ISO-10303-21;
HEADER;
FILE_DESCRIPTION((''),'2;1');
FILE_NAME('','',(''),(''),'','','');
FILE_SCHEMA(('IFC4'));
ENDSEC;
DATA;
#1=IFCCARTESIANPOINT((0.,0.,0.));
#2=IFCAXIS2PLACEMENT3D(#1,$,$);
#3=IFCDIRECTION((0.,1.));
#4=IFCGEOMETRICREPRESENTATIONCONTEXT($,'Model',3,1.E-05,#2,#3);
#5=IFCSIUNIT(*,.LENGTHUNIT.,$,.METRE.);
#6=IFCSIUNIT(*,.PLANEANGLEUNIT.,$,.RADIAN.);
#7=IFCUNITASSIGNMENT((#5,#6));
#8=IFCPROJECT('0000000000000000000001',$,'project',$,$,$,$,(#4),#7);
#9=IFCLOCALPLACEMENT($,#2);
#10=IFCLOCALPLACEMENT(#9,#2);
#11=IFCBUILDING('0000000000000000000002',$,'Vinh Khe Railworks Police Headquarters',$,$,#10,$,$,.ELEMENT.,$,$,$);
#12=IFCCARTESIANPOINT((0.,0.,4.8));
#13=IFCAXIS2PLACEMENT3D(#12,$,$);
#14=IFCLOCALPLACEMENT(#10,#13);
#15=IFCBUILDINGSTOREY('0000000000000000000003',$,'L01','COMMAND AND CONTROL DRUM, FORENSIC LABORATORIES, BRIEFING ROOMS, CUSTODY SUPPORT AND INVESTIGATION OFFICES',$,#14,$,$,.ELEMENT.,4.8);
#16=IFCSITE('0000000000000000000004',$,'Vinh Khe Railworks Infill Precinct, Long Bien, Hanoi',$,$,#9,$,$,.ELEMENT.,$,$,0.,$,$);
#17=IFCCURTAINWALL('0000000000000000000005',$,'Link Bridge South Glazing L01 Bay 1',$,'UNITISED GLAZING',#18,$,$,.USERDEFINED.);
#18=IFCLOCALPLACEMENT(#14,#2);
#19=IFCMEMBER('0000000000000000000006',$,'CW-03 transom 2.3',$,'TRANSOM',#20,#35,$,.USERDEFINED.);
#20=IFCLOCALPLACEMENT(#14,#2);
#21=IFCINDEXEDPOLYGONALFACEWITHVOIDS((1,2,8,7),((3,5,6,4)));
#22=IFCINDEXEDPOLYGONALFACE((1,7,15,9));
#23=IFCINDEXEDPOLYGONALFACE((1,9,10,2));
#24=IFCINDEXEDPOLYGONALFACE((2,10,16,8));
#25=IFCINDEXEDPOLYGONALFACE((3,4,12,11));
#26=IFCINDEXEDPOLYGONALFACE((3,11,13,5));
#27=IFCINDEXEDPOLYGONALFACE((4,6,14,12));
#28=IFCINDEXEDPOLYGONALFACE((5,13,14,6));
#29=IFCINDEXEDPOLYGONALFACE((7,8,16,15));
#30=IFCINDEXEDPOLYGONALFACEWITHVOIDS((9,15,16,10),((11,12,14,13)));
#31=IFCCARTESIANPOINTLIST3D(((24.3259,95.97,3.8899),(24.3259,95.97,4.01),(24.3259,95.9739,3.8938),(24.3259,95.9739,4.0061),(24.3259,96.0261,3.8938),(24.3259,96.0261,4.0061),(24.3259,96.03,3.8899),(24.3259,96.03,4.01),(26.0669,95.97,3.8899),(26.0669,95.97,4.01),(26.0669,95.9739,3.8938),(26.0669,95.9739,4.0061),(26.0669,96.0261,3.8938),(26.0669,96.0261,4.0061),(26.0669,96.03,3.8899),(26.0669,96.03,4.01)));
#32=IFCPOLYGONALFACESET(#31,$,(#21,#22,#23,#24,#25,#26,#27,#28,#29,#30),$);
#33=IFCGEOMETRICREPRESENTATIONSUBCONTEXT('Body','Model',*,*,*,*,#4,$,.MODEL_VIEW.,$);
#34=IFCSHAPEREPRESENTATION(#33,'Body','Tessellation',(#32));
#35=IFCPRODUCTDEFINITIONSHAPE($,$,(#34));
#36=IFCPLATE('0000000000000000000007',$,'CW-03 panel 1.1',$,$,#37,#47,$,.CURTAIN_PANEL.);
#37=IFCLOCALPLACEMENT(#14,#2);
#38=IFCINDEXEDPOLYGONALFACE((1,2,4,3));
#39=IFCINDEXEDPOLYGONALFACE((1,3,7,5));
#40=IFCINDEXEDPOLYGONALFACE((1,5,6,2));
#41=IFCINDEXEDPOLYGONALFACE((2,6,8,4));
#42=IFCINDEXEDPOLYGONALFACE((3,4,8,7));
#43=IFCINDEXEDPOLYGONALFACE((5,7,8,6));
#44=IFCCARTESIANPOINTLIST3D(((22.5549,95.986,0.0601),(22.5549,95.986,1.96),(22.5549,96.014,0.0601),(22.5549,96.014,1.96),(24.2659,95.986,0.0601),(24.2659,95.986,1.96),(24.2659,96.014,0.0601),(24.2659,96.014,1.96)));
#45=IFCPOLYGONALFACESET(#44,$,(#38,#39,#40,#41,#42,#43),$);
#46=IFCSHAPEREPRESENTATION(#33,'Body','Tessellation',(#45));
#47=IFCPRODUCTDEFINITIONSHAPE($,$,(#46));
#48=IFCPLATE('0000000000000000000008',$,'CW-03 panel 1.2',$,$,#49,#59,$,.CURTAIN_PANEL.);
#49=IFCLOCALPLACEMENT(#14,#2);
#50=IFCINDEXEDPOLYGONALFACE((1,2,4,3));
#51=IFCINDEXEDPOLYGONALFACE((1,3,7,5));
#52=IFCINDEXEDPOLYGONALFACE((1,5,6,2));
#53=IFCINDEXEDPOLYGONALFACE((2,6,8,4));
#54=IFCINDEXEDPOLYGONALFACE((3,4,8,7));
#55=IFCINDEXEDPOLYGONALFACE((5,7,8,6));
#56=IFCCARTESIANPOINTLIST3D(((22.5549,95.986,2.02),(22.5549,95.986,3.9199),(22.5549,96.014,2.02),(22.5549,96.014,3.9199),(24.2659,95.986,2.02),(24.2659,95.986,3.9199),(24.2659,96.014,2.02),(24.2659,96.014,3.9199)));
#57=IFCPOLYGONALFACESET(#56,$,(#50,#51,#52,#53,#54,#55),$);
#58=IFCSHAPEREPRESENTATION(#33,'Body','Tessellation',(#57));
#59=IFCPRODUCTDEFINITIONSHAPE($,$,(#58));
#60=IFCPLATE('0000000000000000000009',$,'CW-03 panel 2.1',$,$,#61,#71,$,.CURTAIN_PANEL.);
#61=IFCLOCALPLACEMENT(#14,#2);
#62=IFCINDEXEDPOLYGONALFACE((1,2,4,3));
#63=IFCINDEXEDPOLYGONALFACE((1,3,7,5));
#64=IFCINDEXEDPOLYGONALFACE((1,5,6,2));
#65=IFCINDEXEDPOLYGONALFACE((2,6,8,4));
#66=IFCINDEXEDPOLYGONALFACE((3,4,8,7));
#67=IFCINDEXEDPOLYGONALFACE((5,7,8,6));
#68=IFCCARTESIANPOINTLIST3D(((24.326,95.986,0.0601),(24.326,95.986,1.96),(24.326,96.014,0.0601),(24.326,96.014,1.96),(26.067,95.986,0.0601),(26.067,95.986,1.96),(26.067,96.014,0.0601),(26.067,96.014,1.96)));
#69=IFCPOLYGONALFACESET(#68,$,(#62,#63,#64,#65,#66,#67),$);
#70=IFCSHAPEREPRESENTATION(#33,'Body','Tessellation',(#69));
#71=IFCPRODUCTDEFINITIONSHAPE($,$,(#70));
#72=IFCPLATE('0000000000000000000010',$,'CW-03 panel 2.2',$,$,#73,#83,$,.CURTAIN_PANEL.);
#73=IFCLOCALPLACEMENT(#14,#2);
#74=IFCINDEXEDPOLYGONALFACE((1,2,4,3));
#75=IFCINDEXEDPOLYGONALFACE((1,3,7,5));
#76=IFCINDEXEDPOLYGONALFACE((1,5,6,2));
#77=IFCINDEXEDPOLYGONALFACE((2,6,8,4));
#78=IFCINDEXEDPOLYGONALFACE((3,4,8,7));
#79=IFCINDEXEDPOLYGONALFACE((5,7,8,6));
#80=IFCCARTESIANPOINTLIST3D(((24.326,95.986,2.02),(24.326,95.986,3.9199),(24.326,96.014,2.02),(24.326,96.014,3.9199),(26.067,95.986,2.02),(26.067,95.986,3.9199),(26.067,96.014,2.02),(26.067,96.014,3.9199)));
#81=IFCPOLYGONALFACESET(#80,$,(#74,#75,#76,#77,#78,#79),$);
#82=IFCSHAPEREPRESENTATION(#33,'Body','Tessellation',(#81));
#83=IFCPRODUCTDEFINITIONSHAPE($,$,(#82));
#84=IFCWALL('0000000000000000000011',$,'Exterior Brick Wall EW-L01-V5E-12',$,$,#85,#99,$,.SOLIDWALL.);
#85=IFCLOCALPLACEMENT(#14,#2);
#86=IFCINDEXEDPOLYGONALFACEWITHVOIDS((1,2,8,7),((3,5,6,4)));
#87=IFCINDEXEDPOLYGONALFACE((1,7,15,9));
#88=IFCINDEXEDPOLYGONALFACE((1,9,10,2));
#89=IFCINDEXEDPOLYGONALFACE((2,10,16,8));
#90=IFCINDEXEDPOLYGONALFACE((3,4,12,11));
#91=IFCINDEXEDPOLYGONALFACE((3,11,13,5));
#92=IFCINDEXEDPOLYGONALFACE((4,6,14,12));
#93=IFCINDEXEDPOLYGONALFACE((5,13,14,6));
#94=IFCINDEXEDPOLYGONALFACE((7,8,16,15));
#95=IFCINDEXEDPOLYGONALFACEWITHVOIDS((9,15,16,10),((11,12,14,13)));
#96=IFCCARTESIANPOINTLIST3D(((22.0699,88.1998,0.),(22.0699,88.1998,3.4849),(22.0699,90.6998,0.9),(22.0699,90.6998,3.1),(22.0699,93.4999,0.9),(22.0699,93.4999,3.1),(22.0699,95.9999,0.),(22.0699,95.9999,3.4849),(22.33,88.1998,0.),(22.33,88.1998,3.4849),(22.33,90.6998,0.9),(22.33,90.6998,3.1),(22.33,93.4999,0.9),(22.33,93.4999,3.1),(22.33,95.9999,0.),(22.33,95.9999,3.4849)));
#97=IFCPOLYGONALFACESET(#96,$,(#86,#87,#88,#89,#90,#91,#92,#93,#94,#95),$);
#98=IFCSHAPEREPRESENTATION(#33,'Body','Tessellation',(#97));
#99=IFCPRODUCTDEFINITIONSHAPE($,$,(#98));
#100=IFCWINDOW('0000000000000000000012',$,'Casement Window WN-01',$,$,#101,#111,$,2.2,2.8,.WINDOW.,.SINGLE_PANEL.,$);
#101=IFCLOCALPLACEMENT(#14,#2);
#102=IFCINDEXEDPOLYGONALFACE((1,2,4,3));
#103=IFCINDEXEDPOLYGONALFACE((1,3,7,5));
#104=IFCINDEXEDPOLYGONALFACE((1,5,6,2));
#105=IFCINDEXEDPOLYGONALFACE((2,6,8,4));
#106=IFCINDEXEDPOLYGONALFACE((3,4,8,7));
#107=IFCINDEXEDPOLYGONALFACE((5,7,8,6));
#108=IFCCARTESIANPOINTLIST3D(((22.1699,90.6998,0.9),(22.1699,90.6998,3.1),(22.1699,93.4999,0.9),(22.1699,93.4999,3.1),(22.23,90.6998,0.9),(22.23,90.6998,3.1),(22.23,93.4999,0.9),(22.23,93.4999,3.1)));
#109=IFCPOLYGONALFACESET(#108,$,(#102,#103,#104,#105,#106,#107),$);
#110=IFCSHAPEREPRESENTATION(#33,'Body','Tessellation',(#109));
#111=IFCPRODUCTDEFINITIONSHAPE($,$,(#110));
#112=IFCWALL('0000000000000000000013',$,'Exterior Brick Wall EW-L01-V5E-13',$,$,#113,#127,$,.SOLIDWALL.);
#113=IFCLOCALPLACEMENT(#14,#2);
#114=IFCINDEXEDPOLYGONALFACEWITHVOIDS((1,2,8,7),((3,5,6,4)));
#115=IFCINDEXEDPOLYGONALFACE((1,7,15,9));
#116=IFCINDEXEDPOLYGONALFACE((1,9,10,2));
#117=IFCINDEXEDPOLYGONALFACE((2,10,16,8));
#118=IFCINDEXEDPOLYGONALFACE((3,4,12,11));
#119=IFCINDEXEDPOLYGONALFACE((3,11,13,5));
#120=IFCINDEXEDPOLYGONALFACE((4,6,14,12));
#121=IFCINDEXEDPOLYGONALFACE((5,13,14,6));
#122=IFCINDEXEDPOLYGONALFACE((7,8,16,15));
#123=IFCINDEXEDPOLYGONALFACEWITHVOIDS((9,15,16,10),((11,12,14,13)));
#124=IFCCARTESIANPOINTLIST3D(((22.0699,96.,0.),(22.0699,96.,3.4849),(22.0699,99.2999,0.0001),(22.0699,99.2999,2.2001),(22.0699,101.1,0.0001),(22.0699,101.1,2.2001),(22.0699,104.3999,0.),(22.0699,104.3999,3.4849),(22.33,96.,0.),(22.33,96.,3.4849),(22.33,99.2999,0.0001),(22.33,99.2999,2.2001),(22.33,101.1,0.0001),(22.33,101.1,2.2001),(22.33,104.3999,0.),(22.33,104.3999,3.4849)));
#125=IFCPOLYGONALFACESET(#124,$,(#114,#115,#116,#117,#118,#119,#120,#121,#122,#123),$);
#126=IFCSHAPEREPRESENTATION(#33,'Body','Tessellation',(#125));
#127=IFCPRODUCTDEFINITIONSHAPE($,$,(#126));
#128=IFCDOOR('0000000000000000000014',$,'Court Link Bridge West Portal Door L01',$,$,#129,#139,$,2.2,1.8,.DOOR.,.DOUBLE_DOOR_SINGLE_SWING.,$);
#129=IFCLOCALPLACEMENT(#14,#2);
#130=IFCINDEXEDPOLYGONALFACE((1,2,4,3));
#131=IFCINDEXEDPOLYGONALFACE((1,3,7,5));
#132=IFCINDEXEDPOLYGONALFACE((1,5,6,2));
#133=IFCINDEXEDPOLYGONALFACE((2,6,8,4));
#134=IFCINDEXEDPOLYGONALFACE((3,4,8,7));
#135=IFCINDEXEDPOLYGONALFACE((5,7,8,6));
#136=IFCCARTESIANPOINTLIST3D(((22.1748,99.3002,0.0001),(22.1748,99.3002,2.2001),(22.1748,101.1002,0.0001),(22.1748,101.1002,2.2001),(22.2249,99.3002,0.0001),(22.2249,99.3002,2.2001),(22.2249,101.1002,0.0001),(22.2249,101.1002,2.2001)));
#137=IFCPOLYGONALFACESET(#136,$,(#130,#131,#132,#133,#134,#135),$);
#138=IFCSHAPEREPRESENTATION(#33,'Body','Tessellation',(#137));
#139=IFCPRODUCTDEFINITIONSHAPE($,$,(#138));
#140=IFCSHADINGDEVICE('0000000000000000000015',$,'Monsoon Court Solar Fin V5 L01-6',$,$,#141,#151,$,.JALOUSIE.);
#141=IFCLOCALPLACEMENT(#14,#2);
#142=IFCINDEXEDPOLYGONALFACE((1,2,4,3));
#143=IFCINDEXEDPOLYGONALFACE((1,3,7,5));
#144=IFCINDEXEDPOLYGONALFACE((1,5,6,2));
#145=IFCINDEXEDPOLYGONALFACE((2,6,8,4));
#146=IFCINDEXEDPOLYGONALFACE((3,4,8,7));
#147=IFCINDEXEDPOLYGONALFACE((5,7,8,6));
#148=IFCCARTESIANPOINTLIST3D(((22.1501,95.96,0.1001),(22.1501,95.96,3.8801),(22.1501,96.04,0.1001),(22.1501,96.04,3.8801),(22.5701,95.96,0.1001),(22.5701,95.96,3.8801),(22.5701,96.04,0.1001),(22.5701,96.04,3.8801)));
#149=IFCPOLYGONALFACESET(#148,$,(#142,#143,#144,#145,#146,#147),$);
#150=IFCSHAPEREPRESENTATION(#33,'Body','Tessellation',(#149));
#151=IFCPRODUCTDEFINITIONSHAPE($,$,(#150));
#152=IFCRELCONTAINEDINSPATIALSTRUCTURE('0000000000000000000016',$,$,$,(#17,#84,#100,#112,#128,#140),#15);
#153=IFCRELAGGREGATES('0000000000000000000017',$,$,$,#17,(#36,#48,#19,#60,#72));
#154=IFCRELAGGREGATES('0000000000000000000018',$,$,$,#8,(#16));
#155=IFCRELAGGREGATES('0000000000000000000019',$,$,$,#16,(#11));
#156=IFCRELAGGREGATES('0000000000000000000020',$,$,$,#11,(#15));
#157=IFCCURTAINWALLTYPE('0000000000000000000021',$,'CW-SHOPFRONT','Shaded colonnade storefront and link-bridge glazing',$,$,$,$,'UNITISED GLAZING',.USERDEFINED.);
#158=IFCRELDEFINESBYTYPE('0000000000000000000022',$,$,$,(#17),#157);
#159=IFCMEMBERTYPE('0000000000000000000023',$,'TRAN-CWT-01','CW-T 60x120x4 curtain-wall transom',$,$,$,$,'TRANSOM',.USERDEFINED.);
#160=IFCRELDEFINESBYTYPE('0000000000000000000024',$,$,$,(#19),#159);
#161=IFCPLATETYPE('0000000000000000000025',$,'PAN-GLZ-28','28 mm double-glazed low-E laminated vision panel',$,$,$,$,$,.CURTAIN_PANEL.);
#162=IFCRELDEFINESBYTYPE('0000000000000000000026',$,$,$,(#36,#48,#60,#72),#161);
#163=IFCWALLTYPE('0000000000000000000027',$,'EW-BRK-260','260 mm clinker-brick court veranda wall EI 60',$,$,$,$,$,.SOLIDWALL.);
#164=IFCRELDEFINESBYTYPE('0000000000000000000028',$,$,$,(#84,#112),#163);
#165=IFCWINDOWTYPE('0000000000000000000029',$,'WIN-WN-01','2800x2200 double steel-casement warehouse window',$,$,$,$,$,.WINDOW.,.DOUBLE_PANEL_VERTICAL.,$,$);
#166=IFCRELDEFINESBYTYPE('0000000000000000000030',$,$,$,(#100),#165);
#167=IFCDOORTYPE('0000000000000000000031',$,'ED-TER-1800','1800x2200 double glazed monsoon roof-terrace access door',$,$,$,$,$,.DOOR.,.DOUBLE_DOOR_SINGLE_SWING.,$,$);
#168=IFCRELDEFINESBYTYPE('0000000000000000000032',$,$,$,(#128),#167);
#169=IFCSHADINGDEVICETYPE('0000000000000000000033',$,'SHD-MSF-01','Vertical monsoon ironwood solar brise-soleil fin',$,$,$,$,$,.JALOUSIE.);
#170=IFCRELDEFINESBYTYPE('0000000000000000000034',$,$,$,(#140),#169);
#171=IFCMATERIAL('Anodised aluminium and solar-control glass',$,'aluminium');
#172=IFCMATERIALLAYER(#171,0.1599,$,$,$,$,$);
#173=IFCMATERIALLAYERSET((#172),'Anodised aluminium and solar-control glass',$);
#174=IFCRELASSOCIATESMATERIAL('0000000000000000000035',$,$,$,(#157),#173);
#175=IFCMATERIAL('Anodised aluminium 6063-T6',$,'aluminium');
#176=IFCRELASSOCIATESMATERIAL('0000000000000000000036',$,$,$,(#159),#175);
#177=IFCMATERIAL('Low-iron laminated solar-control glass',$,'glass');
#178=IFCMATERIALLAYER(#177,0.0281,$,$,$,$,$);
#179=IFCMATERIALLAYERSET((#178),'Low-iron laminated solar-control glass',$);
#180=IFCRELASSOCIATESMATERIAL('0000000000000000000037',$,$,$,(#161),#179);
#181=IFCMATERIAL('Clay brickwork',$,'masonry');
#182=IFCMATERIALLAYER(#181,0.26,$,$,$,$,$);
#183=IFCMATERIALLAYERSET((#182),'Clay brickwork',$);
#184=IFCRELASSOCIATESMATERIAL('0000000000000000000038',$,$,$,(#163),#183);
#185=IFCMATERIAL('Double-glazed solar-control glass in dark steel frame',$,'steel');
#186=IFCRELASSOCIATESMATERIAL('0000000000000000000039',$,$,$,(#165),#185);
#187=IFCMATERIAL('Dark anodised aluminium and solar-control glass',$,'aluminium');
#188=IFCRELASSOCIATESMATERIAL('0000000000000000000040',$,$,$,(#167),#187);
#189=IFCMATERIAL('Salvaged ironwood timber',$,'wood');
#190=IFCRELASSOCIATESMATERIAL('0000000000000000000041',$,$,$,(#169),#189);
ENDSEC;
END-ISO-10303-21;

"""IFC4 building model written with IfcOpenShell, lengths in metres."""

from ifc_helpers import new_model, si_unit, direction, frame, frame_2d, origin, origin_2d, place, context, subcontext, project, spatial, rectangle, hollow_rectangle, extrude, material, layer, layer_set, material_profile, profile_set, type_object, element, fill, aggregate, save


model = new_model("IFC4")

# Units and contexts
model_context = context("Model", 3, precision=1e-05, world=origin(), true_north=direction((0.0, 1.0)))
body_context = subcontext(model_context, "Body", "Model", "MODEL_VIEW")
ifc_project = project(units=[si_unit("LENGTHUNIT", "METRE"), si_unit("PLANEANGLEUNIT", "RADIAN")], contexts=[model_context])

# Site, building, storey
site_placement = place(None, origin())
site = spatial("IfcSite", under=ifc_project, at=site_placement, Name="Vinh Khe Railworks Infill Precinct, Long Bien, Hanoi", CompositionType="ELEMENT", RefElevation=0.0)
building_placement = place(site_placement, origin())
building = spatial("IfcBuilding", under=site, at=building_placement, Name="Vinh Khe Railworks Police Headquarters", CompositionType="ELEMENT")
storey_placement = place(building_placement, frame((0.0, 0.0, 4.8)))
storey = spatial("IfcBuildingStorey", under=building, at=storey_placement, Name="L01", Description="COMMAND AND CONTROL DRUM, FORENSIC LABORATORIES, BRIEFING ROOMS, CUSTODY SUPPORT AND INVESTIGATION OFFICES", CompositionType="ELEMENT", Elevation=4.8)

# Curtain wall
ifc_material_1 = material(Name="Anodised aluminium and solar-control glass", Category="aluminium")
ifc_layer_1 = layer(ifc_material_1, 0.1599)
ifc_layer_set_1 = layer_set([ifc_layer_1], Name="Anodised aluminium and solar-control glass")
curtain_wall_type = type_object("IfcCurtainWallType", Name="CW-SHOPFRONT", Description="Shaded colonnade storefront and link-bridge glazing", ElementType="UNITISED GLAZING", PredefinedType="USERDEFINED", material=ifc_layer_set_1)
curtain_wall_placement = place(storey_placement, origin())
curtain_wall = element("IfcCurtainWall", 1, at=curtain_wall_placement, inside=storey, type_object=curtain_wall_type, Name="Link Bridge South Glazing L01 Bay 1", ObjectType="UNITISED GLAZING", PredefinedType="USERDEFINED")
ifc_material_2 = material(Name="Anodised aluminium 6063-T6", Category="aluminium")

# Member
ifc_material_profile_1 = material_profile(ifc_material_2, hollow_rectangle(XDim=0.0601, YDim=0.1201, WallThickness=0.0039, at=origin_2d()), Name="CW-T 60x120x4")
ifc_profile_set_1 = profile_set([ifc_material_profile_1], Name="Anodised aluminium 6063-T6")
member_type_1 = type_object("IfcMemberType", Name="TRAN-CWT-01", Description="CW-T 60x120x4 curtain-wall transom", ElementType="TRANSOM", PredefinedType="USERDEFINED", material=ifc_profile_set_1)
member_1_placement = place(storey_placement, frame((24.3259, 96.0, 3.95), z_axis=(1.0, 0.0, 0.0), x_axis=(0.0, 1.0, 0.0)))
member_1 = element("IfcMember", 2, at=member_1_placement, type_object=member_type_1, Name="CW-03 transom 2.3", ObjectType="TRANSOM", PredefinedType="USERDEFINED", context=body_context, shape_type="SweptSolid", body=[
    extrude(hollow_rectangle(XDim=0.0601, YDim=0.1201, WallThickness=0.0039, at=origin_2d()), origin(), (0.0, 0.0, 1.0), 1.741),
])

# Plates
ifc_material_3 = material(Name="Low-iron laminated solar-control glass", Category="glass")
ifc_layer_2 = layer(ifc_material_3, 0.0281)
ifc_layer_set_2 = layer_set([ifc_layer_2], Name="Low-iron laminated solar-control glass")
plate_type = type_object("IfcPlateType", Name="PAN-GLZ-28", Description="28 mm double-glazed low-E laminated vision panel", PredefinedType="CURTAIN_PANEL", material=ifc_layer_set_2)
plate_1_placement = place(storey_placement, frame((23.4104, 96.0, 0.0601), z_axis=(0.0, 0.0, 1.0), x_axis=(1.0, 0.0, 0.0)))
plate_1 = element("IfcPlate", 3, at=plate_1_placement, type_object=plate_type, Name="CW-03 panel 1.1", PredefinedType="CURTAIN_PANEL", context=body_context, shape_type="SweptSolid", body=[
    extrude(rectangle(XDim=1.7109, YDim=0.0281, at=origin_2d()), origin(), (0.0, 0.0, 1.0), 1.8999),
])
plate_2_placement = place(storey_placement, frame((23.4104, 96.0, 2.02), z_axis=(0.0, 0.0, 1.0), x_axis=(1.0, 0.0, 0.0)))
plate_2 = element("IfcPlate", 4, at=plate_2_placement, type_object=plate_type, Name="CW-03 panel 1.2", PredefinedType="CURTAIN_PANEL", context=body_context, shape_type="SweptSolid", body=[
    extrude(rectangle(XDim=1.7109, YDim=0.0281, at=origin_2d()), origin(), (0.0, 0.0, 1.0), 1.8999),
])
plate_3_placement = place(storey_placement, frame((25.1965, 96.0, 0.0601), z_axis=(0.0, 0.0, 1.0), x_axis=(1.0, 0.0, 0.0)))
plate_3 = element("IfcPlate", 5, at=plate_3_placement, type_object=plate_type, Name="CW-03 panel 2.1", PredefinedType="CURTAIN_PANEL", context=body_context, shape_type="SweptSolid", body=[
    extrude(rectangle(XDim=1.741, YDim=0.0281, at=origin_2d()), origin(), (0.0, 0.0, 1.0), 1.8999),
])
plate_4_placement = place(storey_placement, frame((25.1965, 96.0, 2.02), z_axis=(0.0, 0.0, 1.0), x_axis=(1.0, 0.0, 0.0)))
plate_4 = element("IfcPlate", 6, at=plate_4_placement, type_object=plate_type, Name="CW-03 panel 2.2", PredefinedType="CURTAIN_PANEL", context=body_context, shape_type="SweptSolid", body=[
    extrude(rectangle(XDim=1.741, YDim=0.0281, at=origin_2d()), origin(), (0.0, 0.0, 1.0), 1.8999),
])
aggregate(curtain_wall, [plate_1, plate_2, member_1, plate_3, plate_4])

# Wall, opening, window
ifc_material_4 = material(Name="Clay brickwork", Category="masonry")
ifc_layer_3 = layer(ifc_material_4, 0.26)
ifc_layer_set_3 = layer_set([ifc_layer_3], Name="Clay brickwork")
wall_type = type_object("IfcWallType", Name="EW-BRK-260", Description="260 mm clinker-brick court veranda wall EI 60", PredefinedType="SOLIDWALL", material=ifc_layer_set_3)
wall_1_placement = place(storey_placement, frame((22.2, 88.2, 0.0), z_axis=(0.0, 0.0, 1.0), x_axis=(0.0, 1.0, 0.0)))
wall_1 = element("IfcWall", 7, at=wall_1_placement, inside=storey, type_object=wall_type, Name="Exterior Brick Wall EW-L01-V5E-12", PredefinedType="SOLIDWALL", context=body_context, shape_type="SweptSolid", body=[
    extrude(rectangle(XDim=7.8, YDim=0.26, at=frame_2d((3.8999, 0.0))), origin(), (0.0, 0.0, 1.0), 3.4849),
])
opening_1_placement = place(wall_1_placement, frame((2.5, 0.0, 0.8999)))
opening_1 = element("IfcOpeningElement", 8, at=opening_1_placement, cuts=wall_1, PredefinedType="OPENING", context=body_context, shape_type="SweptSolid", body=[
    extrude(rectangle(XDim=2.8, YDim=2.2, at=frame_2d((1.3999, 1.1001))), frame((0.0, 0.145, 0.0), z_axis=(0.0, -1.0, 0.0), x_axis=(1.0, 0.0, 0.0)), (0.0, 0.0, 1.0), 0.2898),
])
ifc_material_5 = material(Name="Double-glazed solar-control glass in dark steel frame", Category="steel")
window_type = type_object("IfcWindowType", Name="WIN-WN-01", Description="2800x2200 double steel-casement warehouse window", PartitioningType="DOUBLE_PANEL_VERTICAL", PredefinedType="WINDOW", material=ifc_material_5)
window_placement = place(opening_1_placement, origin())
window = element("IfcWindow", 9, at=window_placement, inside=storey, type_object=window_type, Name="Casement Window WN-01", OverallHeight=2.2, OverallWidth=2.8, PartitioningType="SINGLE_PANEL", PredefinedType="WINDOW", context=body_context, shape_type="SweptSolid", body=[
    extrude(rectangle(XDim=2.8, YDim=2.2, at=frame_2d((1.3999, 1.1001))), frame((0.0, 0.03, 0.0), z_axis=(0.0, -1.0, 0.0), x_axis=(1.0, 0.0, 0.0)), (0.0, 0.0, 1.0), 0.0601),
])
fill(opening_1, window)

# Wall, opening, door
wall_2_placement = place(storey_placement, frame((22.2, 96.0, 0.0), z_axis=(0.0, 0.0, 1.0), x_axis=(0.0, 1.0, 0.0)))
wall_2 = element("IfcWall", 10, at=wall_2_placement, inside=storey, type_object=wall_type, Name="Exterior Brick Wall EW-L01-V5E-13", PredefinedType="SOLIDWALL", context=body_context, shape_type="SweptSolid", body=[
    extrude(rectangle(XDim=8.3999, YDim=0.26, at=frame_2d((4.2, 0.0))), origin(), (0.0, 0.0, 1.0), 3.4849),
])
opening_2_placement = place(wall_2_placement, frame((3.3, 0.0, 0.0)))
opening_2 = element("IfcOpeningElement", 11, at=opening_2_placement, cuts=wall_2, PredefinedType="OPENING", context=body_context, shape_type="SweptSolid", body=[
    extrude(rectangle(XDim=1.8, YDim=2.2, at=frame_2d((0.8999, 1.1001))), frame((0.0, 0.145, 0.0), z_axis=(0.0, -1.0, 0.0), x_axis=(1.0, 0.0, 0.0)), (0.0, 0.0, 1.0), 0.2898),
])
ifc_material_6 = material(Name="Dark anodised aluminium and solar-control glass", Category="aluminium")
door_type = type_object("IfcDoorType", Name="ED-TER-1800", Description="1800x2200 double glazed monsoon roof-terrace access door", OperationType="DOUBLE_DOOR_SINGLE_SWING", PredefinedType="DOOR", material=ifc_material_6)
door_placement = place(opening_2_placement, frame((1.8, 0.0, 0.0), z_axis=(0.0, 0.0, 1.0), x_axis=(-1.0, 0.0, 0.0)))
door = element("IfcDoor", 12, at=door_placement, inside=storey, type_object=door_type, Name="Court Link Bridge West Portal Door L01", OperationType="DOUBLE_DOOR_SINGLE_SWING", OverallHeight=2.2, OverallWidth=1.8, PredefinedType="DOOR", context=body_context, shape_type="SweptSolid", body=[
    extrude(rectangle(XDim=1.8, YDim=2.2, at=frame_2d((0.8999, 1.1001))), frame((0.0, 0.0249, 0.0), z_axis=(0.0, -1.0, 0.0), x_axis=(1.0, 0.0, 0.0)), (0.0, 0.0, 1.0), 0.05),
])
fill(opening_2, door)

# Shading device
ifc_material_7 = material(Name="Salvaged ironwood timber", Category="wood")
shading_device_type = type_object("IfcShadingDeviceType", Name="SHD-MSF-01", Description="Vertical monsoon ironwood solar brise-soleil fin", PredefinedType="JALOUSIE", material=ifc_material_7)
shading_device_placement = place(storey_placement, frame((22.3601, 96.0, 0.1001), z_axis=(0.0, 0.0, 1.0), x_axis=(1.0, 0.0, 0.0)))
element("IfcShadingDevice", 13, at=shading_device_placement, inside=storey, type_object=shading_device_type, Name="Monsoon Court Solar Fin V5 L01-6", PredefinedType="JALOUSIE", context=body_context, shape_type="SweptSolid", body=[
    extrude(rectangle(XDim=0.4199, YDim=0.0801, at=origin_2d()), origin(), (0.0, 0.0, 1.0), 3.78),
])

save(model, "model.ifc")
